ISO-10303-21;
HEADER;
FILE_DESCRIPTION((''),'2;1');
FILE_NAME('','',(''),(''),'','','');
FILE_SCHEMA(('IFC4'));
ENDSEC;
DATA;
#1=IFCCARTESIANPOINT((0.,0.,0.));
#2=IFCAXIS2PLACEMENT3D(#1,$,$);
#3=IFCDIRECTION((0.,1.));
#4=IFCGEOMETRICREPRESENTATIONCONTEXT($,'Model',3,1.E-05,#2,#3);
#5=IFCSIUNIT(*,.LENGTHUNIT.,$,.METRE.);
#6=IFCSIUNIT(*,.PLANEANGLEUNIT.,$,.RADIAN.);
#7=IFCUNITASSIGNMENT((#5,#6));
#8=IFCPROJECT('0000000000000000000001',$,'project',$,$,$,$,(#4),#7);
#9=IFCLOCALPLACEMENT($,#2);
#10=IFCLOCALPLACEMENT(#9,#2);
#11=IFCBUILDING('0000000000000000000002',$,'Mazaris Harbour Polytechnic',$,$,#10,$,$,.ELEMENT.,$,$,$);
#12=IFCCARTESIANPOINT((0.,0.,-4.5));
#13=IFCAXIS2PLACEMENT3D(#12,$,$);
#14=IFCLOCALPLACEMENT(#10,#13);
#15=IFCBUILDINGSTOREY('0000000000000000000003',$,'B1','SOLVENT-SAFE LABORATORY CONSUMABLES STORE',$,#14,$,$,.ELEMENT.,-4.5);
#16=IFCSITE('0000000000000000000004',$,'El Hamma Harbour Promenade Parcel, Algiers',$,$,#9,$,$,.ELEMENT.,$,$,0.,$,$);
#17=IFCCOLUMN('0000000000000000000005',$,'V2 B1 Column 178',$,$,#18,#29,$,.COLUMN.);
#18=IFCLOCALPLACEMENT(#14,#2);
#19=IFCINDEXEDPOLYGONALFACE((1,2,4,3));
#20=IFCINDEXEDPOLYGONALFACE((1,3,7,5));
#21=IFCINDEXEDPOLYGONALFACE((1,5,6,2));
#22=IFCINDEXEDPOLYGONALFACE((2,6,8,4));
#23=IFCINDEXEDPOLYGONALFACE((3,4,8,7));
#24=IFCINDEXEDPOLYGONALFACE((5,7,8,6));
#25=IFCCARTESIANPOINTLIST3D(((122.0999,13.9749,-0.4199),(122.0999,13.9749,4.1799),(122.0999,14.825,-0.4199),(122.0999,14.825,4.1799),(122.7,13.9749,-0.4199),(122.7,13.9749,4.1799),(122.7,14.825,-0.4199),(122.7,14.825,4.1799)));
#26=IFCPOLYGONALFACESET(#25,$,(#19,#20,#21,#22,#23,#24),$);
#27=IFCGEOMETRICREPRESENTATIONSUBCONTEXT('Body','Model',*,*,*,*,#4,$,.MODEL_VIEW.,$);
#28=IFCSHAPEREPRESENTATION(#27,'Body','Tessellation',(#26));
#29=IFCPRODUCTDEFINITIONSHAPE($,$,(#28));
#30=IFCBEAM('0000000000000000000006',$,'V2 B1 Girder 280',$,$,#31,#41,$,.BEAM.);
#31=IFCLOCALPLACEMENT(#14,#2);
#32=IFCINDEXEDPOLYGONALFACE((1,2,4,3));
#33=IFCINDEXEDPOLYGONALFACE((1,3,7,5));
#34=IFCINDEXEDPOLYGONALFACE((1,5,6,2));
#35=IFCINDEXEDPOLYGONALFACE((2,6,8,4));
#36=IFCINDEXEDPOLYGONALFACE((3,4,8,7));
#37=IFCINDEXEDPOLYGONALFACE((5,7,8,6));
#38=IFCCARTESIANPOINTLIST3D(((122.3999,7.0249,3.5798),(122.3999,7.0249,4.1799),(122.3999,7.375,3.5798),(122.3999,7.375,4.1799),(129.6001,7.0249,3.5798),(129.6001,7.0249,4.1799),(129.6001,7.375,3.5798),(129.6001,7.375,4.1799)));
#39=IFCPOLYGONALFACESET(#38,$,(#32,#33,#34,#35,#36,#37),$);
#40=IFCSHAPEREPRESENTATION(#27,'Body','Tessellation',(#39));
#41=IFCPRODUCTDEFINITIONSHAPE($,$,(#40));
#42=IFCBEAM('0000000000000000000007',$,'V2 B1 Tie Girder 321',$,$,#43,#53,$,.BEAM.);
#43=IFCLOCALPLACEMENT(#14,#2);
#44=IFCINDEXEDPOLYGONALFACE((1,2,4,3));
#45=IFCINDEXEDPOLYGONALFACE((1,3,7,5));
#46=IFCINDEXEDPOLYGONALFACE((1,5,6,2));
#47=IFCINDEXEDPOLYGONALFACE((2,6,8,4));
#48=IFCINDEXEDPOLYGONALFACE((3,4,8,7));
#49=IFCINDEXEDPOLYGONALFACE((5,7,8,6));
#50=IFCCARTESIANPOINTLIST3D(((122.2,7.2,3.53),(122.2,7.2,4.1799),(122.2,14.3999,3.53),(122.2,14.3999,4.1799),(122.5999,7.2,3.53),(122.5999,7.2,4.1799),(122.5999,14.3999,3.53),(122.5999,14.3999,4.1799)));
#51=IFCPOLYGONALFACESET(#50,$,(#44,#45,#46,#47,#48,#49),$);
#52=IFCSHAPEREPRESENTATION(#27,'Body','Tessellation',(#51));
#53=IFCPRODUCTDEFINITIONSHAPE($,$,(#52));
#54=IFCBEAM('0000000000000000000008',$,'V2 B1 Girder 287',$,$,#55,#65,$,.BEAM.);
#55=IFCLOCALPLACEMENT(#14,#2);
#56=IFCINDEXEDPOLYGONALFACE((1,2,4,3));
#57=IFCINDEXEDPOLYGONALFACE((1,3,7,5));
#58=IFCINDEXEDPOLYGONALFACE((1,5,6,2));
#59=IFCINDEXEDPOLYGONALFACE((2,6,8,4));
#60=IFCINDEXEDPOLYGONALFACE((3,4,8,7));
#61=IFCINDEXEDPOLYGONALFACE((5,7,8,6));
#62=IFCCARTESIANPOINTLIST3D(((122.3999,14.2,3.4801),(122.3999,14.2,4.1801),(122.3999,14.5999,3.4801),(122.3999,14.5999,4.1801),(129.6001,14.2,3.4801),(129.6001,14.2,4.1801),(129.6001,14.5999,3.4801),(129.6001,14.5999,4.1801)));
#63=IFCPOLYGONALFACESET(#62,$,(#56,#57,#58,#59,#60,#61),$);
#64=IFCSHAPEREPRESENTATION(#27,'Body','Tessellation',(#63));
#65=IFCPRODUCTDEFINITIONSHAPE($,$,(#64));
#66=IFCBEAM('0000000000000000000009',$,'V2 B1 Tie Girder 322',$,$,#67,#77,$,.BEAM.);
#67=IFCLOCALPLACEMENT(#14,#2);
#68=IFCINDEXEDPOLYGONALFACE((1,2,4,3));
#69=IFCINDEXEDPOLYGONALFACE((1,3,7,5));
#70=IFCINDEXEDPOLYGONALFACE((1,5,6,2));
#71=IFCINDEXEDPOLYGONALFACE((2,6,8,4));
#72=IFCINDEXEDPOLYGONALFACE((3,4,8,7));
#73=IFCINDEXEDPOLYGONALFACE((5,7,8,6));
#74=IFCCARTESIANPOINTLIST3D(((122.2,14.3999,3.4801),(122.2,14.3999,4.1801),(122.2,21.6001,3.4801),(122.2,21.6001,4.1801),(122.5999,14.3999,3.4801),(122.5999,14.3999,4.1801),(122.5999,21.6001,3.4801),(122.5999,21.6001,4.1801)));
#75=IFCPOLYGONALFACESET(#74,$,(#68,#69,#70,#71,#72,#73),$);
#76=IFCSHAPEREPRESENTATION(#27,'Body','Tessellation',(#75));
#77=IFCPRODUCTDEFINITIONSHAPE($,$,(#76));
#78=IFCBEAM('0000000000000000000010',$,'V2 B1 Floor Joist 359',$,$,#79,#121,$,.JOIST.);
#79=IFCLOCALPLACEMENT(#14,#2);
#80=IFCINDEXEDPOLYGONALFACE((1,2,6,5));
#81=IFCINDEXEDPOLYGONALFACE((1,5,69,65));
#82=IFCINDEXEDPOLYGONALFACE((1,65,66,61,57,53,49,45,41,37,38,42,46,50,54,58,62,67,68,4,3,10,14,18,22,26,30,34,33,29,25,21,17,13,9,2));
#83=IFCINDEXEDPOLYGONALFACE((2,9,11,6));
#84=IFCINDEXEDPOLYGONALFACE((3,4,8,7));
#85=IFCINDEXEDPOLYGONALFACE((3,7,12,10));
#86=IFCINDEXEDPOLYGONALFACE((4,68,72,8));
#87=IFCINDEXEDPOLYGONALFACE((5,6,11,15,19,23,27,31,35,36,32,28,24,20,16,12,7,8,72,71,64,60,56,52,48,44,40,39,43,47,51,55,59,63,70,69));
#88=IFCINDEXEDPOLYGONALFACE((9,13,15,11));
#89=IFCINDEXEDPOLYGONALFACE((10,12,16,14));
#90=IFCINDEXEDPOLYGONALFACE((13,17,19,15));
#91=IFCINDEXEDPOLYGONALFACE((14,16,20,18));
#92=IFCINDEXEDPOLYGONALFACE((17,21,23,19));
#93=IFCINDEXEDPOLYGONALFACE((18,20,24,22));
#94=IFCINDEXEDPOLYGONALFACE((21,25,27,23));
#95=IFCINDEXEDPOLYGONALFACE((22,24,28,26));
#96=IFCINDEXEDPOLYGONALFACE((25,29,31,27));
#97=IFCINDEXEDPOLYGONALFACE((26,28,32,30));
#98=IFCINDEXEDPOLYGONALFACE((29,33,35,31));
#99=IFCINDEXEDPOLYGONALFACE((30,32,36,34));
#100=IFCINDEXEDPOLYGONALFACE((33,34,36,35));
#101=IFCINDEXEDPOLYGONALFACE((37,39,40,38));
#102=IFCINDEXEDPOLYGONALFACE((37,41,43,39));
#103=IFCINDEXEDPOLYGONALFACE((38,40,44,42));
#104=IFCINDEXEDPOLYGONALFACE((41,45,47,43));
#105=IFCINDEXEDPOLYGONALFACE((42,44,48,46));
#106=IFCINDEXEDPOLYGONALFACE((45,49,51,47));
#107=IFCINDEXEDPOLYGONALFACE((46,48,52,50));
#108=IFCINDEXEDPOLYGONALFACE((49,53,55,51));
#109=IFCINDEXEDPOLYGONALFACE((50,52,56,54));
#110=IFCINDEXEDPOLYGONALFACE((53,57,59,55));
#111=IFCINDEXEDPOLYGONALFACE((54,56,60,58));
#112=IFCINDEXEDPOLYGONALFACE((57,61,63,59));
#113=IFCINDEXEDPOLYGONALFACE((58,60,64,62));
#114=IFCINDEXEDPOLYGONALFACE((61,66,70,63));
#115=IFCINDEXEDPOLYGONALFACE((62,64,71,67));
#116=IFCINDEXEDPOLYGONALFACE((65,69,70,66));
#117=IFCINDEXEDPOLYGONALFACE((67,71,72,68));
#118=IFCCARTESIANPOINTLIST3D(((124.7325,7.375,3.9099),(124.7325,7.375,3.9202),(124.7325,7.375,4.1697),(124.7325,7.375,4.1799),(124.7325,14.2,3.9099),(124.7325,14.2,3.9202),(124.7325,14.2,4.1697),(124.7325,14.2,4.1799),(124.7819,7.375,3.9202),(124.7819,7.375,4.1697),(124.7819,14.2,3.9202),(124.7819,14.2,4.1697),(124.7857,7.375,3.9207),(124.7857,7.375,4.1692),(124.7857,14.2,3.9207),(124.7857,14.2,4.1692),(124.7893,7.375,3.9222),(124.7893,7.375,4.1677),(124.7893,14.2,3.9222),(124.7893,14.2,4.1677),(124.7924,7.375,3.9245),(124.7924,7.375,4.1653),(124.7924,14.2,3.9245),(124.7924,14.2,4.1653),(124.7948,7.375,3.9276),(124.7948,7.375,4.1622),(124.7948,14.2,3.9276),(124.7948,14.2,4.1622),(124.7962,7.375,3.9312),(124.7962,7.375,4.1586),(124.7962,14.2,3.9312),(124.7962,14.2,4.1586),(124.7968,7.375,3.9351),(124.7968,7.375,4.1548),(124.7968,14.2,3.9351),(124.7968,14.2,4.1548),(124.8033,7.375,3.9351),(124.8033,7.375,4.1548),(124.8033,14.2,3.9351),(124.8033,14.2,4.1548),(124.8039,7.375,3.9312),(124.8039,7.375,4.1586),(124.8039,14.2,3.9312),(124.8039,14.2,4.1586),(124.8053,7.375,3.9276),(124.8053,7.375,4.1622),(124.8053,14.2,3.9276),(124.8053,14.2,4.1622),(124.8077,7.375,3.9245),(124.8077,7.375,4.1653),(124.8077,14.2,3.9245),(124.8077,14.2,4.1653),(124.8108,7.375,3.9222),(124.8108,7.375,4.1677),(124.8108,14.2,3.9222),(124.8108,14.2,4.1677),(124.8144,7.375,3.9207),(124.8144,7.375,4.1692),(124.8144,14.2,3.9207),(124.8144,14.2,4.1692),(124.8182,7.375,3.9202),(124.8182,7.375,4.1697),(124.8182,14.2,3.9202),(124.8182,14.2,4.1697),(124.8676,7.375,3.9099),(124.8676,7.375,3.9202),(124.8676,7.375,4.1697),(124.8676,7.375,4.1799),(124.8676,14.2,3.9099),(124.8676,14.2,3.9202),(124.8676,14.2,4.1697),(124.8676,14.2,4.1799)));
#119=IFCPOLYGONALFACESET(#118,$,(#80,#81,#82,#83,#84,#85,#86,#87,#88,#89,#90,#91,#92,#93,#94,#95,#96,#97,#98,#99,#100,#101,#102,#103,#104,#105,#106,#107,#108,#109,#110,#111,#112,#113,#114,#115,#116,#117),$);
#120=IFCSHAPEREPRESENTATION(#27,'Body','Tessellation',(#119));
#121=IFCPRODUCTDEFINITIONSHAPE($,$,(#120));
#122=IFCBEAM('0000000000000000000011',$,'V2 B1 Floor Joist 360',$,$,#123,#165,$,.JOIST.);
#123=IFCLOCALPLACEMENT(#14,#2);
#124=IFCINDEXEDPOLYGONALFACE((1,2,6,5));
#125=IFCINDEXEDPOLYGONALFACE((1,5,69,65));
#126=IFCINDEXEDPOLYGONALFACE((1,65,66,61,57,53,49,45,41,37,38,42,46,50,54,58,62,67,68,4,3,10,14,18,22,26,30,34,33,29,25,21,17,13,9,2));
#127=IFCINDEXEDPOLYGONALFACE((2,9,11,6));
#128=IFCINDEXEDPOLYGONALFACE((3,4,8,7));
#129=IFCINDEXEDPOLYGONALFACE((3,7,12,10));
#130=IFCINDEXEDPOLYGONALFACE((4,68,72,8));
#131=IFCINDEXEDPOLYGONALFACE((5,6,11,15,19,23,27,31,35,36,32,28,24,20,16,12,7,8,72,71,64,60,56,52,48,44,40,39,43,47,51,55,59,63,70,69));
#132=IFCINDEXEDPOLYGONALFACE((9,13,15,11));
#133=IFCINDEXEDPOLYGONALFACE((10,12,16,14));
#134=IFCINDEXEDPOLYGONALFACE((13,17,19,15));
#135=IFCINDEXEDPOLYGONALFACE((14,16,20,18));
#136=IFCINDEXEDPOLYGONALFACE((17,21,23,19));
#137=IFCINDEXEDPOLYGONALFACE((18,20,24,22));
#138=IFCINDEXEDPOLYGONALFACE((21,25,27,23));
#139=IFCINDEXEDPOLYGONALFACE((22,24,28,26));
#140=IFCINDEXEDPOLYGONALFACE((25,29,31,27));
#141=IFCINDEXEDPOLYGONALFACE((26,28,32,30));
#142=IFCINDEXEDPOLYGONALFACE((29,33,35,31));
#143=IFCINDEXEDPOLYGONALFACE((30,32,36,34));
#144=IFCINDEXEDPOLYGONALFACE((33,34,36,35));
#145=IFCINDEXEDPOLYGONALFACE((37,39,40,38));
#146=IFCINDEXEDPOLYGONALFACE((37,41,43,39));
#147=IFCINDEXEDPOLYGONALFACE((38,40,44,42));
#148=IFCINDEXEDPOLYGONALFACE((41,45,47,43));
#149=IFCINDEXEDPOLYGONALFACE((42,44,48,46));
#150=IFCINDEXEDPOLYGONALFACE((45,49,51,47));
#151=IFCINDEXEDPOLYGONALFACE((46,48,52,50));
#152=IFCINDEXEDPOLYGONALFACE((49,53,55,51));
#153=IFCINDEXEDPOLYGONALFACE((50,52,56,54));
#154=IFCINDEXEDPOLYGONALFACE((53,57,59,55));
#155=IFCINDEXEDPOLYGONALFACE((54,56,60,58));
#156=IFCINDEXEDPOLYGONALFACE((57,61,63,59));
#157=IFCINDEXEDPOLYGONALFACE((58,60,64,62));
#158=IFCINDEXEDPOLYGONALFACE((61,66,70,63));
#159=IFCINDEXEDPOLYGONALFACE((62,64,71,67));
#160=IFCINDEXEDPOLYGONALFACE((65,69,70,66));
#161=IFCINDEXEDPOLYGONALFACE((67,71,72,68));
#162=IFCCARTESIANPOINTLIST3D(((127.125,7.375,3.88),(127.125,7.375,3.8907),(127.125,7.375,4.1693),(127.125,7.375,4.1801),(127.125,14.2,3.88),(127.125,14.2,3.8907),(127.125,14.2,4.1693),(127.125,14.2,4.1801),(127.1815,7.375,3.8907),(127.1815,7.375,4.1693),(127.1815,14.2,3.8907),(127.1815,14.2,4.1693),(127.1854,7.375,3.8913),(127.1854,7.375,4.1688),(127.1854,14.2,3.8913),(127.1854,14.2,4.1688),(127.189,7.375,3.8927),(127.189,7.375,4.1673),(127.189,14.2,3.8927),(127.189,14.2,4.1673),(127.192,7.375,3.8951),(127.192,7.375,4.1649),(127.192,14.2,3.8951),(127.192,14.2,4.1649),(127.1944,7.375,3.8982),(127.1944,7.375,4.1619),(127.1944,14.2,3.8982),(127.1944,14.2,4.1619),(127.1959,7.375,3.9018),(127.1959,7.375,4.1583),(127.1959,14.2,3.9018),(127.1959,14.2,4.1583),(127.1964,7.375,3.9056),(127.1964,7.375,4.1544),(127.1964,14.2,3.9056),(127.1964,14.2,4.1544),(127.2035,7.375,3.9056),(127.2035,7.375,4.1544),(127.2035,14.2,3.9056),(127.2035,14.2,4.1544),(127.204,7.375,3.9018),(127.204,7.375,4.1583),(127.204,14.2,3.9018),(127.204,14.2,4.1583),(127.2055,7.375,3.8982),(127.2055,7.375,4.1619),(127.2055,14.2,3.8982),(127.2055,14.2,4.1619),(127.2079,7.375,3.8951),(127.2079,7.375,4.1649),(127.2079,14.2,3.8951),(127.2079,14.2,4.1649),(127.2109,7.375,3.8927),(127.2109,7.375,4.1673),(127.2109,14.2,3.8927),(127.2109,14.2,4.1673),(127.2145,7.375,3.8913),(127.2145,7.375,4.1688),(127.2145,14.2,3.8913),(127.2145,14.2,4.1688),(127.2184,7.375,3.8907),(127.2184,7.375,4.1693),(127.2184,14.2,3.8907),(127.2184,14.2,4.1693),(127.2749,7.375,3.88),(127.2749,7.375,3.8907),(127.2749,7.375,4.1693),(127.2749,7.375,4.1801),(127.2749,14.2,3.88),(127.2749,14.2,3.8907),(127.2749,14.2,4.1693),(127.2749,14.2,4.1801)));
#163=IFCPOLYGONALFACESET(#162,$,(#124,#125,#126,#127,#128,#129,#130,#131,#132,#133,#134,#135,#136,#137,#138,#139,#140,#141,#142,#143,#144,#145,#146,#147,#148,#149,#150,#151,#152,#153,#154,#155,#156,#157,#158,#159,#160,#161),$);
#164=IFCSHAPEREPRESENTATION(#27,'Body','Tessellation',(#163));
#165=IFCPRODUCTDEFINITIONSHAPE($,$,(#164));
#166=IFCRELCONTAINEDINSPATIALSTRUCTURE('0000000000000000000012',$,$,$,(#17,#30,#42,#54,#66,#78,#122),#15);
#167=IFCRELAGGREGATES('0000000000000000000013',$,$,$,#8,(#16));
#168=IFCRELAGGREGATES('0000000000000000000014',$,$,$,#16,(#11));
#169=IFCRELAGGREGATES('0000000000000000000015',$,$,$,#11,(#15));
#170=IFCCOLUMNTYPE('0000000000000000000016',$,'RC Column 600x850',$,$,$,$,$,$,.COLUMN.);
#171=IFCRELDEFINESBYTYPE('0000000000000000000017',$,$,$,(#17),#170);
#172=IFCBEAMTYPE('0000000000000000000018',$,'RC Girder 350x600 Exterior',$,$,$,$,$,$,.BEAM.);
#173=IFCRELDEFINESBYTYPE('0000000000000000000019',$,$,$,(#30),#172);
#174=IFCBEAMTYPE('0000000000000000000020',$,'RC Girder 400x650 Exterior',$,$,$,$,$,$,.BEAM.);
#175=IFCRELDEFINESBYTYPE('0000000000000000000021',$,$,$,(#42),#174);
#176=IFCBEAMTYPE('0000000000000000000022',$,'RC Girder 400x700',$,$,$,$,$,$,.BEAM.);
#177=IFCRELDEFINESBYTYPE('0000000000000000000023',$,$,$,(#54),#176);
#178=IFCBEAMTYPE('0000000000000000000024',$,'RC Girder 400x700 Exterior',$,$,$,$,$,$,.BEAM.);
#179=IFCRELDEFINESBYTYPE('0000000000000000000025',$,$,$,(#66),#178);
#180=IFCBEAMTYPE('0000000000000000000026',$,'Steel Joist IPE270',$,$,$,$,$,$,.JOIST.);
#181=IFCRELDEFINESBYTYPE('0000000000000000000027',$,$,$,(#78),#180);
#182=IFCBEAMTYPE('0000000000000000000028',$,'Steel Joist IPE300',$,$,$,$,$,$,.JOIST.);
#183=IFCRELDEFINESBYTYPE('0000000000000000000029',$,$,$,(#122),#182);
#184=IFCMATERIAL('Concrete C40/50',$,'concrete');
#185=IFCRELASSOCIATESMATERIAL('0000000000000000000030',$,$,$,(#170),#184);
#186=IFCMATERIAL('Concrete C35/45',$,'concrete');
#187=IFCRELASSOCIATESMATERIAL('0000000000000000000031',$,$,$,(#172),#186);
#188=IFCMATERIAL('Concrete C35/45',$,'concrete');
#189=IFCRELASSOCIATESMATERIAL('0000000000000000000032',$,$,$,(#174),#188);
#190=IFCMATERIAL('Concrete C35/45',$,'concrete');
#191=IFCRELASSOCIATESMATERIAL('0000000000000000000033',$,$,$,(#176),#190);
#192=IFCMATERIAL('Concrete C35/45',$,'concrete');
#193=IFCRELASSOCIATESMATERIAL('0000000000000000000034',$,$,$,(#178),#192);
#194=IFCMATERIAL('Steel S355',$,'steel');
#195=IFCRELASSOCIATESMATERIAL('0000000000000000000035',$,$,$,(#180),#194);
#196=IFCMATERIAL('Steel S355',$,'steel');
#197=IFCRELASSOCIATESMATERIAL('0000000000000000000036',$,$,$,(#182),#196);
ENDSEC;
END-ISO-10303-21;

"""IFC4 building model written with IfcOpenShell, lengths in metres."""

from ifc_helpers import new_model, si_unit, direction, frame, origin, origin_2d, place, context, subcontext, project, spatial, rectangle, i_section, extrude, material, material_profile, profile_set, type_object, element, save


model = new_model("IFC4")

# Units and contexts
model_context = context("Model", 3, precision=1e-05, world=origin(), true_north=direction((0.0, 1.0)))
body_context = subcontext(model_context, "Body", "Model", "MODEL_VIEW")
ifc_project = project(units=[si_unit("LENGTHUNIT", "METRE"), si_unit("PLANEANGLEUNIT", "RADIAN")], contexts=[model_context])

# Site, building, storey
site_placement = place(None, origin())
site = spatial("IfcSite", under=ifc_project, at=site_placement, Name="El Hamma Harbour Promenade Parcel, Algiers", CompositionType="ELEMENT", RefElevation=0.0)
building_placement = place(site_placement, origin())
building = spatial("IfcBuilding", under=site, at=building_placement, Name="Mazaris Harbour Polytechnic", CompositionType="ELEMENT")
storey_placement = place(building_placement, frame((0.0, 0.0, -4.5)))
storey = spatial("IfcBuildingStorey", under=building, at=storey_placement, Name="B1", Description="SOLVENT-SAFE LABORATORY CONSUMABLES STORE", CompositionType="ELEMENT", Elevation=-4.5)

# Column
ifc_material_1 = material(Name="Concrete C40/50", Category="concrete")
ifc_material_profile_1 = material_profile(ifc_material_1, rectangle(XDim=0.6001, YDim=0.8501, at=origin_2d()), Name="RECT600x850")
ifc_profile_set_1 = profile_set([ifc_material_profile_1], Name="Concrete C40/50")
column_type_1 = type_object("IfcColumnType", Name="RC Column 600x850", PredefinedType="COLUMN", material=ifc_profile_set_1)
column_1_placement = place(storey_placement, frame((122.3999, 14.3999, -0.4199), z_axis=(0.0, 0.0, 1.0), x_axis=(1.0, 0.0, 0.0)))
element("IfcColumn", 1, at=column_1_placement, inside=storey, type_object=column_type_1, Name="V2 B1 Column 178", PredefinedType="COLUMN", context=body_context, shape_type="SweptSolid", body=[
    extrude(rectangle(XDim=0.6001, YDim=0.8501, at=origin_2d()), origin(), (0.0, 0.0, 1.0), 4.5999),
])

# Beams
ifc_material_2 = material(Name="Concrete C35/45", Category="concrete")
ifc_material_profile_2 = material_profile(ifc_material_2, rectangle(XDim=0.3501, YDim=0.6001, at=origin_2d()), Name="RECT350x600")
ifc_profile_set_2 = profile_set([ifc_material_profile_2], Name="Concrete C35/45")
beam_type_1 = type_object("IfcBeamType", Name="RC Girder 350x600 Exterior", PredefinedType="BEAM", material=ifc_profile_set_2)
beam_1_placement = place(storey_placement, frame((122.3999, 7.2, 3.8799), z_axis=(1.0, 0.0, 0.0), x_axis=(0.0, 1.0, 0.0)))
element("IfcBeam", 2, at=beam_1_placement, inside=storey, type_object=beam_type_1, Name="V2 B1 Girder 280", PredefinedType="BEAM", context=body_context, shape_type="SweptSolid", body=[
    extrude(rectangle(XDim=0.3501, YDim=0.6001, at=origin_2d()), origin(), (0.0, 0.0, 1.0), 7.2002),
])
ifc_material_3 = material(Name="Concrete C35/45", Category="concrete")
ifc_material_profile_3 = material_profile(ifc_material_3, rectangle(XDim=0.3999, YDim=0.6499, at=origin_2d()), Name="RECT400x650")
ifc_profile_set_3 = profile_set([ifc_material_profile_3], Name="Concrete C35/45")
beam_type_2 = type_object("IfcBeamType", Name="RC Girder 400x650 Exterior", PredefinedType="BEAM", material=ifc_profile_set_3)
beam_2_placement = place(storey_placement, frame((122.3999, 7.2, 3.855), z_axis=(0.0, 1.0, 0.0), x_axis=(-1.0, 0.0, 0.0)))
element("IfcBeam", 3, at=beam_2_placement, inside=storey, type_object=beam_type_2, Name="V2 B1 Tie Girder 321", PredefinedType="BEAM", context=body_context, shape_type="SweptSolid", body=[
    extrude(rectangle(XDim=0.3999, YDim=0.6499, at=origin_2d()), origin(), (0.0, 0.0, 1.0), 7.2),
])
ifc_material_4 = material(Name="Concrete C35/45", Category="concrete")
ifc_material_profile_4 = material_profile(ifc_material_4, rectangle(XDim=0.3999, YDim=0.7, at=origin_2d()), Name="RECT400x700")
ifc_profile_set_4 = profile_set([ifc_material_profile_4], Name="Concrete C35/45")
beam_type_3 = type_object("IfcBeamType", Name="RC Girder 400x700", PredefinedType="BEAM", material=ifc_profile_set_4)
beam_3_placement = place(storey_placement, frame((122.3999, 14.3999, 3.8301), z_axis=(1.0, 0.0, 0.0), x_axis=(0.0, 1.0, 0.0)))
element("IfcBeam", 4, at=beam_3_placement, inside=storey, type_object=beam_type_3, Name="V2 B1 Girder 287", PredefinedType="BEAM", context=body_context, shape_type="SweptSolid", body=[
    extrude(rectangle(XDim=0.3999, YDim=0.7, at=origin_2d()), origin(), (0.0, 0.0, 1.0), 7.2002),
])
ifc_material_5 = material(Name="Concrete C35/45", Category="concrete")
ifc_material_profile_5 = material_profile(ifc_material_5, rectangle(XDim=0.3999, YDim=0.7, at=origin_2d()), Name="RECT400x700")
ifc_profile_set_5 = profile_set([ifc_material_profile_5], Name="Concrete C35/45")
beam_type_4 = type_object("IfcBeamType", Name="RC Girder 400x700 Exterior", PredefinedType="BEAM", material=ifc_profile_set_5)
beam_4_placement = place(storey_placement, frame((122.3999, 14.3999, 3.8301), z_axis=(0.0, 1.0, 0.0), x_axis=(-1.0, 0.0, 0.0)))
element("IfcBeam", 5, at=beam_4_placement, inside=storey, type_object=beam_type_4, Name="V2 B1 Tie Girder 322", PredefinedType="BEAM", context=body_context, shape_type="SweptSolid", body=[
    extrude(rectangle(XDim=0.3999, YDim=0.7, at=origin_2d()), origin(), (0.0, 0.0, 1.0), 7.2002),
])
ifc_material_6 = material(Name="Steel S355", Category="steel")
ifc_material_profile_6 = material_profile(ifc_material_6, i_section(OverallWidth=0.135, OverallDepth=0.27, WebThickness=0.0066, FlangeThickness=0.0103, FilletRadius=0.0149, at=origin_2d()), Name="IPE 270")
ifc_profile_set_6 = profile_set([ifc_material_profile_6], Name="Steel S355")
beam_type_5 = type_object("IfcBeamType", Name="Steel Joist IPE270", PredefinedType="JOIST", material=ifc_profile_set_6)
beam_5_placement = place(storey_placement, frame((124.8, 7.375, 4.0449), z_axis=(0.0, 1.0, 0.0), x_axis=(-1.0, 0.0, 0.0)))
element("IfcBeam", 6, at=beam_5_placement, inside=storey, type_object=beam_type_5, Name="V2 B1 Floor Joist 359", PredefinedType="JOIST", context=body_context, shape_type="SweptSolid", body=[
    extrude(i_section(OverallWidth=0.135, OverallDepth=0.27, WebThickness=0.0066, FlangeThickness=0.0103, FilletRadius=0.0149, at=origin_2d()), origin(), (0.0, 0.0, 1.0), 6.825),
])
ifc_material_7 = material(Name="Steel S355", Category="steel")
ifc_material_profile_7 = material_profile(ifc_material_7, i_section(OverallWidth=0.1499, OverallDepth=0.3, WebThickness=0.0071, FlangeThickness=0.0107, FilletRadius=0.0149, at=origin_2d()), Name="IPE 300")
ifc_profile_set_7 = profile_set([ifc_material_profile_7], Name="Steel S355")
beam_type_6 = type_object("IfcBeamType", Name="Steel Joist IPE300", PredefinedType="JOIST", material=ifc_profile_set_7)
beam_6_placement = place(storey_placement, frame((127.2, 7.375, 4.03), z_axis=(0.0, 1.0, 0.0), x_axis=(-1.0, 0.0, 0.0)))
element("IfcBeam", 7, at=beam_6_placement, inside=storey, type_object=beam_type_6, Name="V2 B1 Floor Joist 360", PredefinedType="JOIST", context=body_context, shape_type="SweptSolid", body=[
    extrude(i_section(OverallWidth=0.1499, OverallDepth=0.3, WebThickness=0.0071, FlangeThickness=0.0107, FilletRadius=0.0149, at=origin_2d()), origin(), (0.0, 0.0, 1.0), 6.825),
])

save(model, "model.ifc")
